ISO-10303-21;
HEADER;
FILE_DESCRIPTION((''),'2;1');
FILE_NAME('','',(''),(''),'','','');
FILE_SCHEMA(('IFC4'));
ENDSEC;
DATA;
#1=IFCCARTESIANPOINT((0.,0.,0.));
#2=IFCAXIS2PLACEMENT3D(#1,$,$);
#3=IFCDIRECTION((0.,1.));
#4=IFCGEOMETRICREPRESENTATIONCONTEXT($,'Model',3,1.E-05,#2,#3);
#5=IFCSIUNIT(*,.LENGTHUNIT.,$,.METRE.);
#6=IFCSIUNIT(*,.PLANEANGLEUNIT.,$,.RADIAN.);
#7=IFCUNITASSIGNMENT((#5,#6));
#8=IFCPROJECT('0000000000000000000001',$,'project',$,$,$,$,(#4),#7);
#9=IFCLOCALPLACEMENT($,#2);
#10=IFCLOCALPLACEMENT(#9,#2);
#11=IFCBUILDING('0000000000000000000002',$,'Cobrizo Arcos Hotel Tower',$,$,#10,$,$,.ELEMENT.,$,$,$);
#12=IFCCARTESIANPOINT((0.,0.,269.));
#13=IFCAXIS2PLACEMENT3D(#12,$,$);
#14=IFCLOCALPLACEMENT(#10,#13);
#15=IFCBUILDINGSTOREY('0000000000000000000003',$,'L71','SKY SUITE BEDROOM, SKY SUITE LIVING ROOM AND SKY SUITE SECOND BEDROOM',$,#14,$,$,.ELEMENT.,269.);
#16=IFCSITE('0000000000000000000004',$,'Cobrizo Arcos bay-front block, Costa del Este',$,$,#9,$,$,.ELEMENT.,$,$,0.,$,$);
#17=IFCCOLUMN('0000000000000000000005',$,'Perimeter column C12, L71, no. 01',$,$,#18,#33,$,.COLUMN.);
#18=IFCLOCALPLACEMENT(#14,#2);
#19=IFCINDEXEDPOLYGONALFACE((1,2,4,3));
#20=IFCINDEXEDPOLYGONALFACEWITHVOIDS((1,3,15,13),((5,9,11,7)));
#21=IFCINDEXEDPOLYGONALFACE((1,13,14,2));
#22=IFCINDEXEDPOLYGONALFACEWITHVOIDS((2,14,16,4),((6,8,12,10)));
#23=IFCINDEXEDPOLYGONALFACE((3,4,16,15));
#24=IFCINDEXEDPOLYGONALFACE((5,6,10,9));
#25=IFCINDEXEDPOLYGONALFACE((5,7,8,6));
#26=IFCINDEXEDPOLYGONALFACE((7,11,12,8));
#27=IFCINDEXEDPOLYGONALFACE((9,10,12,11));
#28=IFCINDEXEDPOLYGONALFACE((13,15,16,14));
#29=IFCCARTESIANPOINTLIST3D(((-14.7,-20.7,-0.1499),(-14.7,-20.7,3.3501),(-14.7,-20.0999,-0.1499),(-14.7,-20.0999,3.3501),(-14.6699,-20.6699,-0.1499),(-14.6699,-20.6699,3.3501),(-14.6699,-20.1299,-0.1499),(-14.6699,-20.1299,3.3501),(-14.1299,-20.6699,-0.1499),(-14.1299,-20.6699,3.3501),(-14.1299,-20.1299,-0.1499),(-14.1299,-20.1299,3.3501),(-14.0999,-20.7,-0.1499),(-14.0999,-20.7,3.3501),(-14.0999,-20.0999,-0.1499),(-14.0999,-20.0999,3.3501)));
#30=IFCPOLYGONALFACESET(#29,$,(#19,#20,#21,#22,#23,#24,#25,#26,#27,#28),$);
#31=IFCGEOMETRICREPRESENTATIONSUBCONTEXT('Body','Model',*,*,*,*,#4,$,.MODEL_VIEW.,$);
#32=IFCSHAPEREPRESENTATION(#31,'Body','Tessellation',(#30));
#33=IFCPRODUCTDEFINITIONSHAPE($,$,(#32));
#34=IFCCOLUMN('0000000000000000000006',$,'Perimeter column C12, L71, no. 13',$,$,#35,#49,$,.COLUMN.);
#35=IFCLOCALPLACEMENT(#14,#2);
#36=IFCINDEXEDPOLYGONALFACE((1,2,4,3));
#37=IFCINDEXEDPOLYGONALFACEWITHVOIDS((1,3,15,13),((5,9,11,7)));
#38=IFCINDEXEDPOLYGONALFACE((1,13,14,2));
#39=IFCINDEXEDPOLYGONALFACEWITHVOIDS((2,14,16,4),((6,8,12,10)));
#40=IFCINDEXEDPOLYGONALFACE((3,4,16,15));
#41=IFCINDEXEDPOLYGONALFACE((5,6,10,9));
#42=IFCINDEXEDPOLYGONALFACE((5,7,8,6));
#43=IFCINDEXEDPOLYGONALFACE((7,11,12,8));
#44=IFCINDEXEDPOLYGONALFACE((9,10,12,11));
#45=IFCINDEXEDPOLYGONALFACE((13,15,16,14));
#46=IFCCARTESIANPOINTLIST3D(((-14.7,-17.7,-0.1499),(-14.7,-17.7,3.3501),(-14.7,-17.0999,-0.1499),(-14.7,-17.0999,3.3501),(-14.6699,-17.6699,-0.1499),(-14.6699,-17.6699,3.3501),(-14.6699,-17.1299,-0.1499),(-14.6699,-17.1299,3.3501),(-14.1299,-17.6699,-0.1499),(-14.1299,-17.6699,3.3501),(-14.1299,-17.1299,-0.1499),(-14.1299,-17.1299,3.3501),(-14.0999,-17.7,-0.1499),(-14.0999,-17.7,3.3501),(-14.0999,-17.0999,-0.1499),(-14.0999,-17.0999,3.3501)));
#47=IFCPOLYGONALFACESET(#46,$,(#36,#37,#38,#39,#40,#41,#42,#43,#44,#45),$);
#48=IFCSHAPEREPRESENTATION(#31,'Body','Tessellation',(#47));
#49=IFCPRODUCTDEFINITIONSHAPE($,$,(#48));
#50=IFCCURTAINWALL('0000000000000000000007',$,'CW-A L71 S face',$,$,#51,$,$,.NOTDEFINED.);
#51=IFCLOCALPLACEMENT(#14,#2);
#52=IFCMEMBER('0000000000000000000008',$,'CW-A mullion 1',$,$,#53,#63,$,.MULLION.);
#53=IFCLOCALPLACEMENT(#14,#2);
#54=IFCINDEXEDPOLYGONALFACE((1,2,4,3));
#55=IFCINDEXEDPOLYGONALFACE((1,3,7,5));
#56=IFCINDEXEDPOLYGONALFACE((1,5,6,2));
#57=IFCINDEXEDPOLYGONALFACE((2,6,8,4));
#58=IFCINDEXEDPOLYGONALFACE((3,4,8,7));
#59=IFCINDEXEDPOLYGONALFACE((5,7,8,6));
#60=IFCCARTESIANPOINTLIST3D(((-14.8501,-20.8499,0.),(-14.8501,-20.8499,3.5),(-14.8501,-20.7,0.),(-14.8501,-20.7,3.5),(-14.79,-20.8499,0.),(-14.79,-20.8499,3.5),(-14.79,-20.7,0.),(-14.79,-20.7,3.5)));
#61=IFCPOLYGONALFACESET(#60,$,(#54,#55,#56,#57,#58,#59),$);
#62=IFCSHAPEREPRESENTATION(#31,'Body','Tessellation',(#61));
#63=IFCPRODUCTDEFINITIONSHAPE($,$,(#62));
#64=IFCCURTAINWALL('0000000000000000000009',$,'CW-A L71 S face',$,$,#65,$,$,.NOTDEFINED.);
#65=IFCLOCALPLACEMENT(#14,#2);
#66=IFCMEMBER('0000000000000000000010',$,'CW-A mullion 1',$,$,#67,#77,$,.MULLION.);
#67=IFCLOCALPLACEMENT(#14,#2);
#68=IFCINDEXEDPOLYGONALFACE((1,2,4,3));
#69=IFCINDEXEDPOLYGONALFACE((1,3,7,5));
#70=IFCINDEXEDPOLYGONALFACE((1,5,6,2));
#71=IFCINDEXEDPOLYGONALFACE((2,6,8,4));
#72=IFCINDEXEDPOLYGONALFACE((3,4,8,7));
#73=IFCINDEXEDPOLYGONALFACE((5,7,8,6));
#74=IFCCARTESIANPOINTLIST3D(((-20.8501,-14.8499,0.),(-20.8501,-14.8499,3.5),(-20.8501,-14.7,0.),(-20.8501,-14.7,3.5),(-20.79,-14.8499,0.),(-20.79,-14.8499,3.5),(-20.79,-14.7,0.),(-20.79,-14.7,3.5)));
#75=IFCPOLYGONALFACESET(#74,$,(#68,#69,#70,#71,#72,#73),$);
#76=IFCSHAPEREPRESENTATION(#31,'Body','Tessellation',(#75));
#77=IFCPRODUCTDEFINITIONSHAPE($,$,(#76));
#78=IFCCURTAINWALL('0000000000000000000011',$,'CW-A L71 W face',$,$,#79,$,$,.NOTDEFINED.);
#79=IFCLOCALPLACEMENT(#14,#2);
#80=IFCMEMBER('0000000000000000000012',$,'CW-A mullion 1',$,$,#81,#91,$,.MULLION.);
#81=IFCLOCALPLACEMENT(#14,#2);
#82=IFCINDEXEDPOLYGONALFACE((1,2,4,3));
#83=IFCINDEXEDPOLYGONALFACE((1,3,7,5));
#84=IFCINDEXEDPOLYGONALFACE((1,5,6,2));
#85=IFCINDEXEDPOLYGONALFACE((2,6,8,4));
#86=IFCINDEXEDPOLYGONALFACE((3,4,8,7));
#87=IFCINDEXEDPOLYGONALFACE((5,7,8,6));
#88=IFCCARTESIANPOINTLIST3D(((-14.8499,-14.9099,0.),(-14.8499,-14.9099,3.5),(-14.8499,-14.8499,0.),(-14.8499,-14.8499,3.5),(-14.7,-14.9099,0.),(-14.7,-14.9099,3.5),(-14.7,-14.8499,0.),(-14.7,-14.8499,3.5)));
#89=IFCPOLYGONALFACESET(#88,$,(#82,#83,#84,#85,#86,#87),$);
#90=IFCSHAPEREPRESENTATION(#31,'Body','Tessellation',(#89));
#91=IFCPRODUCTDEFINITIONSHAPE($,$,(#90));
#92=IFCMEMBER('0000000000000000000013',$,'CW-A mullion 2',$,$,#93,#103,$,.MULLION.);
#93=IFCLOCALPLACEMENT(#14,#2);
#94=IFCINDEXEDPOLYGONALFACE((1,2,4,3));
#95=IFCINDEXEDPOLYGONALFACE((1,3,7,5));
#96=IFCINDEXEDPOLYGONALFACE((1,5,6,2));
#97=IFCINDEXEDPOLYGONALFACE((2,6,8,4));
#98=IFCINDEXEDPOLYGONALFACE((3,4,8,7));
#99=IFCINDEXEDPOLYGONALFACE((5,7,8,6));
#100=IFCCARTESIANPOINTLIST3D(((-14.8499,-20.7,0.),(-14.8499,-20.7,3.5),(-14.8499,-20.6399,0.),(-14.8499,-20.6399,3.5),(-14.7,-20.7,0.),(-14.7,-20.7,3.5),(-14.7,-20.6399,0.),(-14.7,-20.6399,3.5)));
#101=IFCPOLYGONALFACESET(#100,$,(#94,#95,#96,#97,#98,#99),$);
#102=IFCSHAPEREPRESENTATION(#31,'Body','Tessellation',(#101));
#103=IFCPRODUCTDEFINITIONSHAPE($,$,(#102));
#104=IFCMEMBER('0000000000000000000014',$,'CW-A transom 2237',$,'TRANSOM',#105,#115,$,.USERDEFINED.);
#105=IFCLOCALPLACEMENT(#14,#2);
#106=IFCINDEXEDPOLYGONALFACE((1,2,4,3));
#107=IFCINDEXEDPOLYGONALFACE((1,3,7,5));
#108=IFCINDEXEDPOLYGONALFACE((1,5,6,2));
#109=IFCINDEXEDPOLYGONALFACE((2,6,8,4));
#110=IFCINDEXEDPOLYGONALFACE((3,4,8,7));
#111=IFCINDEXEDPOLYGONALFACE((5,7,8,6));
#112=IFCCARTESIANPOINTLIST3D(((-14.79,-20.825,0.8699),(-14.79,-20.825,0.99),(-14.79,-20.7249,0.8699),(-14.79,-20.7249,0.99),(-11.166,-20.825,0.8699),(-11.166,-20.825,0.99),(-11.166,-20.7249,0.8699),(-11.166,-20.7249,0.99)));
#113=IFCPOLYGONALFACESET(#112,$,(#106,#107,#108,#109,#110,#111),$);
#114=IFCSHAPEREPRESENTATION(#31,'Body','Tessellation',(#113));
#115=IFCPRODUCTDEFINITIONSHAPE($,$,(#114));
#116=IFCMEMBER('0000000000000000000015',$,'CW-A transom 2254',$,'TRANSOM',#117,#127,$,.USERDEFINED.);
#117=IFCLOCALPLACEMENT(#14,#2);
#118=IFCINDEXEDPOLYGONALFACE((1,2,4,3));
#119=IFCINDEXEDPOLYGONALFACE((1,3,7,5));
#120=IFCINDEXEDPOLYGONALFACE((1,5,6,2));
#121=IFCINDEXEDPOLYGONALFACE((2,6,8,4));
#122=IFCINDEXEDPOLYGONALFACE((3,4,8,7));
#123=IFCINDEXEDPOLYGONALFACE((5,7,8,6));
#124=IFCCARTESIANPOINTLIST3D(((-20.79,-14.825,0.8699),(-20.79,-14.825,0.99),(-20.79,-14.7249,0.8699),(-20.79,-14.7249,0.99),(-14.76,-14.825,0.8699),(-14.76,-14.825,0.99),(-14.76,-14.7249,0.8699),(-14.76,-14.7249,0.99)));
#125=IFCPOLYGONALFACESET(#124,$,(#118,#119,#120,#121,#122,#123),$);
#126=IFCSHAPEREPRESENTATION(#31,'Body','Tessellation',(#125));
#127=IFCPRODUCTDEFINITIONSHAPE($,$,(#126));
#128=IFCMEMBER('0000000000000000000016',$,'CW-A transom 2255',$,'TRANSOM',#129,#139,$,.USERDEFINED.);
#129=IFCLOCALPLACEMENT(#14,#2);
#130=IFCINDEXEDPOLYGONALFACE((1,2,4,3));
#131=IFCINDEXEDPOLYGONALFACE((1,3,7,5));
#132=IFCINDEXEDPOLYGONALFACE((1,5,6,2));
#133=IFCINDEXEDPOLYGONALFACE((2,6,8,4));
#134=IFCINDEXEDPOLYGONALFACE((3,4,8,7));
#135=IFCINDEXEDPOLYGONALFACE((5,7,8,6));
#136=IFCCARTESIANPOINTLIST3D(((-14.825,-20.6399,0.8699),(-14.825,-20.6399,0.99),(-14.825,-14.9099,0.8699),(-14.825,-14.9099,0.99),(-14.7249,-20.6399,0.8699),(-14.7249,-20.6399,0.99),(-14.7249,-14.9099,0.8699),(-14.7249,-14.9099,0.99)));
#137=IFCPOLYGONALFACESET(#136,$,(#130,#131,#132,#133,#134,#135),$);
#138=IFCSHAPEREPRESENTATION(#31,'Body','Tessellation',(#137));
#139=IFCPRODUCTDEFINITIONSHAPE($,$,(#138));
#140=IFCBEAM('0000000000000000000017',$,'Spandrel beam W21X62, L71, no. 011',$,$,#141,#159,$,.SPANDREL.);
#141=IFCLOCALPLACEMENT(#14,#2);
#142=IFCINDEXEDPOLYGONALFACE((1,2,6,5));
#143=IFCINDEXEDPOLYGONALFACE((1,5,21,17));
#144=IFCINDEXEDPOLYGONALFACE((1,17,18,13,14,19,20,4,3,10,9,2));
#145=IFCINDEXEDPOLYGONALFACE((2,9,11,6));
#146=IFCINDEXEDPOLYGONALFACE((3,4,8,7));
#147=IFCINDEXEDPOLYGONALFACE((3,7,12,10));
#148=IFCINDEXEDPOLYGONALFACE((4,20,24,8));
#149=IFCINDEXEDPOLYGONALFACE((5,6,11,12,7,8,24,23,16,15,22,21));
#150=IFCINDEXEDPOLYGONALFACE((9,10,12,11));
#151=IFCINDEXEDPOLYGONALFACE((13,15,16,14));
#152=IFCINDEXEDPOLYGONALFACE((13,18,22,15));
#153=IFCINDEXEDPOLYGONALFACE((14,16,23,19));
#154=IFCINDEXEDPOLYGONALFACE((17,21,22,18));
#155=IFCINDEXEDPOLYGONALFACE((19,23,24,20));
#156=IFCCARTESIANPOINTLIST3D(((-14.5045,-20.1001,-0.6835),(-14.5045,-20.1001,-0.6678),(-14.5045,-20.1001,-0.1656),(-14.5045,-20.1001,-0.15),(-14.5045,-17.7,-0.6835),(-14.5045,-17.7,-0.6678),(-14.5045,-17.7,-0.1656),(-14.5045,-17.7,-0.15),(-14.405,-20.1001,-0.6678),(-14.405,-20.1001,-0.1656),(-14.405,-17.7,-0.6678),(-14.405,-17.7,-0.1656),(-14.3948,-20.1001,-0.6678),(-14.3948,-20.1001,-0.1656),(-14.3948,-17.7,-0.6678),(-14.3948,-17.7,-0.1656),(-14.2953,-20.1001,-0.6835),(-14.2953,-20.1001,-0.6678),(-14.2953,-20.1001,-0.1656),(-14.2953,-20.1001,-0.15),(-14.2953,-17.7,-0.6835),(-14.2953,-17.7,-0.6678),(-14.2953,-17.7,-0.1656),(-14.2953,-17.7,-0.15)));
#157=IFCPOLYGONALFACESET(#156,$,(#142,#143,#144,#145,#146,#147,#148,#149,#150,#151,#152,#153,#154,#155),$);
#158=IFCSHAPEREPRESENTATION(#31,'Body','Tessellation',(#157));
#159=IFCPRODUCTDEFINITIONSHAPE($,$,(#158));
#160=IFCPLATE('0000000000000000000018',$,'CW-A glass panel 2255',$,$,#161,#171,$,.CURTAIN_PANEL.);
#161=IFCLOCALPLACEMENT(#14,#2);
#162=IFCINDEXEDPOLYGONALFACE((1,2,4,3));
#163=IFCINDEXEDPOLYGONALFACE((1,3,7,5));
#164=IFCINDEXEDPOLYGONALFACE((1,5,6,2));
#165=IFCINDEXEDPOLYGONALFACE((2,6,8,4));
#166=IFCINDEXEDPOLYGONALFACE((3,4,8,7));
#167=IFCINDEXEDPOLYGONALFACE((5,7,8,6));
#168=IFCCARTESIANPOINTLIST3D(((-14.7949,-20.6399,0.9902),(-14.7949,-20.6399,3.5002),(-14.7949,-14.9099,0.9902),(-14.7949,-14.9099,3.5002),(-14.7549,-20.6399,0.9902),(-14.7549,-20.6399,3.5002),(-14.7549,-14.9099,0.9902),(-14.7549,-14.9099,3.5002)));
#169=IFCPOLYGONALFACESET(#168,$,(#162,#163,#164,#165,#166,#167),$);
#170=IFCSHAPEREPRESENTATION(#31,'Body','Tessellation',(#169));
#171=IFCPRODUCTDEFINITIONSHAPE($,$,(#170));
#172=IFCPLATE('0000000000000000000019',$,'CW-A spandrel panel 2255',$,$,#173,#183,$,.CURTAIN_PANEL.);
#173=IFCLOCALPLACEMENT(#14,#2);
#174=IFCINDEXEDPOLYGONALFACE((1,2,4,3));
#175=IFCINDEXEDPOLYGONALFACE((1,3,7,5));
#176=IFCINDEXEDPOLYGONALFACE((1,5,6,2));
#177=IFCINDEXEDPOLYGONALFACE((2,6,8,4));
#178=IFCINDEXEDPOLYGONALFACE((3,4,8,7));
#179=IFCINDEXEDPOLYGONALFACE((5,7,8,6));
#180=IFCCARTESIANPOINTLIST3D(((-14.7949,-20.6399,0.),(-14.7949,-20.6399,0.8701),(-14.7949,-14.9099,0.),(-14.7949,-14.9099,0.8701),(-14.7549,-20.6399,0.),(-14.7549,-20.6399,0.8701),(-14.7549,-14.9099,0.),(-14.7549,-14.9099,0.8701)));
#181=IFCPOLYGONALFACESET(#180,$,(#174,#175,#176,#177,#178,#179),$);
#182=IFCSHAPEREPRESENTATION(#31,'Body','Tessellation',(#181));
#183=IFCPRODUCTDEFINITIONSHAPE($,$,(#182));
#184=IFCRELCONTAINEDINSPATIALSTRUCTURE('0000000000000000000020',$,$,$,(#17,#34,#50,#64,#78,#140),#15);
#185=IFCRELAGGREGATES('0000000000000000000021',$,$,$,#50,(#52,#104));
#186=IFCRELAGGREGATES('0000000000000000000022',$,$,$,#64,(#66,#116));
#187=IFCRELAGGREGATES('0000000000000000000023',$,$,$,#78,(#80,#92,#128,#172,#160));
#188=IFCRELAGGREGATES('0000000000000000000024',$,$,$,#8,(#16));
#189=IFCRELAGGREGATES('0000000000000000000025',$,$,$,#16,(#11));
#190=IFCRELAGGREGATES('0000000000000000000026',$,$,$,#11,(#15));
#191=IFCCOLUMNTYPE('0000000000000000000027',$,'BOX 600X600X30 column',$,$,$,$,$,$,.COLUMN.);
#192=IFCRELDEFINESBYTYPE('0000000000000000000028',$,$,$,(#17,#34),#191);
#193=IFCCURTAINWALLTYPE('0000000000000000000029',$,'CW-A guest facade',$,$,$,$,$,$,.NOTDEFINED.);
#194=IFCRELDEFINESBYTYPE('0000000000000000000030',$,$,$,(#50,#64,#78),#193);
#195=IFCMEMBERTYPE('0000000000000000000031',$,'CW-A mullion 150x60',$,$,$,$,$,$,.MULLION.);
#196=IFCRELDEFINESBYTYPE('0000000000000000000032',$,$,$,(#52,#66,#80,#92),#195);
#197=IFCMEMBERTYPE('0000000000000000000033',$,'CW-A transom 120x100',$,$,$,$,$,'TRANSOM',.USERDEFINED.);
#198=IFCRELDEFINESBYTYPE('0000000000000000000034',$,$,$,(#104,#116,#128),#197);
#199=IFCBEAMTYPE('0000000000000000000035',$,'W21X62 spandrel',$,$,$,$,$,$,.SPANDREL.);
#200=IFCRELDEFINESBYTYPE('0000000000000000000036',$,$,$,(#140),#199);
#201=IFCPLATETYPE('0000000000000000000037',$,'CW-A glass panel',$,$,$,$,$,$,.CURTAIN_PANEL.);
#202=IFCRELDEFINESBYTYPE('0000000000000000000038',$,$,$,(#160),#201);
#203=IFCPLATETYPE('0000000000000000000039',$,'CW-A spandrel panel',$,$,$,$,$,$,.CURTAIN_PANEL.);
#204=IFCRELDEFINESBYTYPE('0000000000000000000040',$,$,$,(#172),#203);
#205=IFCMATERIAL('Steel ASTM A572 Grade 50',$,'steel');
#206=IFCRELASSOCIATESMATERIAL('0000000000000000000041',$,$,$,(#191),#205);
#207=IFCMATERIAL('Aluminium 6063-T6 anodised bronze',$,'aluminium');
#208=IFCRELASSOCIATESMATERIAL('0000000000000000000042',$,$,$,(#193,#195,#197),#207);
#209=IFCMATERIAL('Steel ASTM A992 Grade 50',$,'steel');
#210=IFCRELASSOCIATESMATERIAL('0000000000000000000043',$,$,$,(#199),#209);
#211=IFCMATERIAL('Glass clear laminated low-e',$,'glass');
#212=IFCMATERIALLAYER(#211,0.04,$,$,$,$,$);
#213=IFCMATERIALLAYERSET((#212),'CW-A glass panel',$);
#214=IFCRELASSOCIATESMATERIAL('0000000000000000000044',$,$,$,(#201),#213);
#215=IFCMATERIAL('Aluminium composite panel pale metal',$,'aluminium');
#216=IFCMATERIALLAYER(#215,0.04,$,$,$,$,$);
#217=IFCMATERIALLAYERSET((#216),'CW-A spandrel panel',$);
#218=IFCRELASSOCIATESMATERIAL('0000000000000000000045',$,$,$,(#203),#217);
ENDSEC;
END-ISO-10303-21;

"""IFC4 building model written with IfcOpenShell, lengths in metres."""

from ifc_helpers import new_model, si_unit, direction, frame, origin, origin_2d, place, context, subcontext, project, spatial, rectangle, hollow_rectangle, i_section, extrude, material, layer, layer_set, material_profile, profile_set, type_object, element, aggregate, save


model = new_model("IFC4")

# Units and contexts
model_context = context("Model", 3, precision=1e-05, world=origin(), true_north=direction((0.0, 1.0)))
body_context = subcontext(model_context, "Body", "Model", "MODEL_VIEW")
ifc_project = project(units=[si_unit("LENGTHUNIT", "METRE"), si_unit("PLANEANGLEUNIT", "RADIAN")], contexts=[model_context])

# Site, building, storey
site_placement = place(None, origin())
site = spatial("IfcSite", under=ifc_project, at=site_placement, Name="Cobrizo Arcos bay-front block, Costa del Este", CompositionType="ELEMENT", RefElevation=0.0)
building_placement = place(site_placement, origin())
building = spatial("IfcBuilding", under=site, at=building_placement, Name="Cobrizo Arcos Hotel Tower", CompositionType="ELEMENT")
storey_placement = place(building_placement, frame((0.0, 0.0, 269.0)))
storey = spatial("IfcBuildingStorey", under=building, at=storey_placement, Name="L71", Description="SKY SUITE BEDROOM, SKY SUITE LIVING ROOM AND SKY SUITE SECOND BEDROOM", CompositionType="ELEMENT", Elevation=269.0)

# Columns
ifc_material_1 = material(Name="Steel ASTM A572 Grade 50", Category="steel")
ifc_material_profile_1 = material_profile(ifc_material_1, hollow_rectangle(XDim=0.6001, YDim=0.6001, WallThickness=0.03, at=origin_2d()), Name="BOX 600X600X30")
ifc_profile_set_1 = profile_set([ifc_material_profile_1], Name="Steel ASTM A572 Grade 50")
column_type = type_object("IfcColumnType", Name="BOX 600X600X30 column", PredefinedType="COLUMN", material=ifc_profile_set_1)
for number, where, z_axis, x_axis, name in (
    (1, (-14.3999, -20.3999, -0.1499), (0.0, 0.0, 1.0), (1.0, 0.0, 0.0), "Perimeter column C12, L71, no. 01"),
    (2, (-14.3999, -17.3999, -0.1499), (0.0, 0.0, 1.0), (1.0, 0.0, 0.0), "Perimeter column C12, L71, no. 13"),
):
    element("IfcColumn", number, at=place(storey_placement, frame(where, z_axis=z_axis, x_axis=x_axis)), inside=storey, type_object=column_type, Name=name, PredefinedType="COLUMN", context=body_context, shape_type="SweptSolid", body=[
        extrude(hollow_rectangle(XDim=0.6001, YDim=0.6001, WallThickness=0.03, at=origin_2d()), origin(), (0.0, 0.0, 1.0), 3.5),
    ])

# Curtain walls, members
ifc_material_2 = material(Name="Aluminium 6063-T6 anodised bronze", Category="aluminium")
curtain_wall_type = type_object("IfcCurtainWallType", Name="CW-A guest facade", PredefinedType="NOTDEFINED", material=ifc_material_2)
curtain_wall_1_placement = place(storey_placement, origin())
curtain_wall_1 = element("IfcCurtainWall", 3, at=curtain_wall_1_placement, inside=storey, type_object=curtain_wall_type, Name="CW-A L71 S face", PredefinedType="NOTDEFINED")
ifc_material_profile_2 = material_profile(ifc_material_2, rectangle(XDim=0.1499, YDim=0.0601, at=origin_2d()), Name="CW-A mullion 150x60")
ifc_profile_set_2 = profile_set([ifc_material_profile_2], Name="Aluminium 6063-T6 anodised bronze")
member_type_1 = type_object("IfcMemberType", Name="CW-A mullion 150x60", PredefinedType="MULLION", material=ifc_profile_set_2)
member_1_placement = place(storey_placement, frame((-14.8201, -20.7749, 0.0), z_axis=(0.0, 0.0, 1.0), x_axis=(0.0, -1.0, 0.0)))
member_1 = element("IfcMember", 4, at=member_1_placement, type_object=member_type_1, Name="CW-A mullion 1", PredefinedType="MULLION", context=body_context, shape_type="SweptSolid", body=[
    extrude(rectangle(XDim=0.1499, YDim=0.0601, at=origin_2d()), origin(), (0.0, 0.0, 1.0), 3.5),
])
curtain_wall_2_placement = place(storey_placement, origin())
curtain_wall_2 = element("IfcCurtainWall", 5, at=curtain_wall_2_placement, inside=storey, type_object=curtain_wall_type, Name="CW-A L71 S face", PredefinedType="NOTDEFINED")
member_2_placement = place(storey_placement, frame((-20.8201, -14.7749, 0.0), z_axis=(0.0, 0.0, 1.0), x_axis=(0.0, -1.0, 0.0)))
member_2 = element("IfcMember", 6, at=member_2_placement, type_object=member_type_1, Name="CW-A mullion 1", PredefinedType="MULLION", context=body_context, shape_type="SweptSolid", body=[
    extrude(rectangle(XDim=0.1499, YDim=0.0601, at=origin_2d()), origin(), (0.0, 0.0, 1.0), 3.5),
])

# Curtain wall, members
curtain_wall_3_placement = place(storey_placement, origin())
curtain_wall_3 = element("IfcCurtainWall", 7, at=curtain_wall_3_placement, inside=storey, type_object=curtain_wall_type, Name="CW-A L71 W face", PredefinedType="NOTDEFINED")
member_3_placement = place(storey_placement, frame((-14.7749, -14.8799, 0.0), z_axis=(0.0, 0.0, 1.0), x_axis=(-1.0, 0.0, 0.0)))
member_3 = element("IfcMember", 8, at=member_3_placement, type_object=member_type_1, Name="CW-A mullion 1", PredefinedType="MULLION", context=body_context, shape_type="SweptSolid", body=[
    extrude(rectangle(XDim=0.1499, YDim=0.0601, at=origin_2d()), origin(), (0.0, 0.0, 1.0), 3.5),
])
member_4_placement = place(storey_placement, frame((-14.7749, -20.6699, 0.0), z_axis=(0.0, 0.0, 1.0), x_axis=(-1.0, 0.0, 0.0)))
member_4 = element("IfcMember", 9, at=member_4_placement, type_object=member_type_1, Name="CW-A mullion 2", PredefinedType="MULLION", context=body_context, shape_type="SweptSolid", body=[
    extrude(rectangle(XDim=0.1499, YDim=0.0601, at=origin_2d()), origin(), (0.0, 0.0, 1.0), 3.5),
])

# Members
ifc_material_profile_3 = material_profile(ifc_material_2, rectangle(XDim=0.1001, YDim=0.1201, at=origin_2d()), Name="CW-A transom 120x100")
ifc_profile_set_3 = profile_set([ifc_material_profile_3], Name="Aluminium 6063-T6 anodised bronze")
member_type_2 = type_object("IfcMemberType", Name="CW-A transom 120x100", ElementType="TRANSOM", PredefinedType="USERDEFINED", material=ifc_profile_set_3)
member_5_placement = place(storey_placement, frame((-14.79, -20.7749, 0.9299), z_axis=(1.0, 0.0, 0.0), x_axis=(0.0, 1.0, 0.0)))
member_5 = element("IfcMember", 10, at=member_5_placement, type_object=member_type_2, Name="CW-A transom 2237", ObjectType="TRANSOM", PredefinedType="USERDEFINED", context=body_context, shape_type="SweptSolid", body=[
    extrude(rectangle(XDim=0.1001, YDim=0.1201, at=origin_2d()), origin(), (0.0, 0.0, 1.0), 3.624),
])
aggregate(curtain_wall_1, [member_1, member_5])
member_6_placement = place(storey_placement, frame((-20.79, -14.7749, 0.9299), z_axis=(1.0, 0.0, 0.0), x_axis=(0.0, 1.0, 0.0)))
member_6 = element("IfcMember", 11, at=member_6_placement, type_object=member_type_2, Name="CW-A transom 2254", ObjectType="TRANSOM", PredefinedType="USERDEFINED", context=body_context, shape_type="SweptSolid", body=[
    extrude(rectangle(XDim=0.1001, YDim=0.1201, at=origin_2d()), origin(), (0.0, 0.0, 1.0), 6.03),
])
aggregate(curtain_wall_2, [member_2, member_6])
member_7_placement = place(storey_placement, frame((-14.7749, -14.9099, 0.9299), z_axis=(0.0, -1.0, 0.0), x_axis=(1.0, 0.0, 0.0)))
member_7 = element("IfcMember", 12, at=member_7_placement, type_object=member_type_2, Name="CW-A transom 2255", ObjectType="TRANSOM", PredefinedType="USERDEFINED", context=body_context, shape_type="SweptSolid", body=[
    extrude(rectangle(XDim=0.1001, YDim=0.1201, at=origin_2d()), origin(), (0.0, 0.0, 1.0), 5.73),
])

# Beam
ifc_material_3 = material(Name="Steel ASTM A992 Grade 50", Category="steel")
ifc_material_profile_4 = material_profile(ifc_material_3, i_section(OverallWidth=0.2092, OverallDepth=0.5334, WebThickness=0.0103, FlangeThickness=0.0156, at=origin_2d()), Name="W21X62")
ifc_profile_set_4 = profile_set([ifc_material_profile_4], Name="Steel ASTM A992 Grade 50")
beam_type = type_object("IfcBeamType", Name="W21X62 spandrel", PredefinedType="SPANDREL", material=ifc_profile_set_4)
beam_placement = place(storey_placement, frame((-14.3999, -20.1001, -0.4167), z_axis=(0.0, 1.0, 0.0), x_axis=(-1.0, 0.0, 0.0)))
element("IfcBeam", 13, at=beam_placement, inside=storey, type_object=beam_type, Name="Spandrel beam W21X62, L71, no. 011", PredefinedType="SPANDREL", context=body_context, shape_type="SweptSolid", body=[
    extrude(i_section(OverallWidth=0.2092, OverallDepth=0.5334, WebThickness=0.0103, FlangeThickness=0.0156, at=origin_2d()), origin(), (0.0, 0.0, 1.0), 2.4001),
])

# Plates
ifc_material_4 = material(Name="Glass clear laminated low-e", Category="glass")
ifc_layer_1 = layer(ifc_material_4, 0.04)
ifc_layer_set_1 = layer_set([ifc_layer_1], Name="CW-A glass panel")
plate_type_1 = type_object("IfcPlateType", Name="CW-A glass panel", PredefinedType="CURTAIN_PANEL", material=ifc_layer_set_1)
plate_1_placement = place(storey_placement, frame((-14.7749, -17.7749, 0.9902), z_axis=(0.0, 0.0, 1.0), x_axis=(0.0, -1.0, 0.0)))
plate_1 = element("IfcPlate", 14, at=plate_1_placement, type_object=plate_type_1, Name="CW-A glass panel 2255", PredefinedType="CURTAIN_PANEL", context=body_context, shape_type="SweptSolid", body=[
    extrude(rectangle(XDim=5.73, YDim=0.04, at=origin_2d()), origin(), (0.0, 0.0, 1.0), 2.51),
])
ifc_material_5 = material(Name="Aluminium composite panel pale metal", Category="aluminium")
ifc_layer_2 = layer(ifc_material_5, 0.04)
ifc_layer_set_2 = layer_set([ifc_layer_2], Name="CW-A spandrel panel")
plate_type_2 = type_object("IfcPlateType", Name="CW-A spandrel panel", PredefinedType="CURTAIN_PANEL", material=ifc_layer_set_2)
plate_2_placement = place(storey_placement, frame((-14.7749, -17.7749, 0.0), z_axis=(0.0, 0.0, 1.0), x_axis=(0.0, -1.0, 0.0)))
plate_2 = element("IfcPlate", 15, at=plate_2_placement, type_object=plate_type_2, Name="CW-A spandrel panel 2255", PredefinedType="CURTAIN_PANEL", context=body_context, shape_type="SweptSolid", body=[
    extrude(rectangle(XDim=5.73, YDim=0.04, at=origin_2d()), origin(), (0.0, 0.0, 1.0), 0.8701),
])
aggregate(curtain_wall_3, [member_3, member_4, member_7, plate_2, plate_1])

save(model, "model.ifc")
